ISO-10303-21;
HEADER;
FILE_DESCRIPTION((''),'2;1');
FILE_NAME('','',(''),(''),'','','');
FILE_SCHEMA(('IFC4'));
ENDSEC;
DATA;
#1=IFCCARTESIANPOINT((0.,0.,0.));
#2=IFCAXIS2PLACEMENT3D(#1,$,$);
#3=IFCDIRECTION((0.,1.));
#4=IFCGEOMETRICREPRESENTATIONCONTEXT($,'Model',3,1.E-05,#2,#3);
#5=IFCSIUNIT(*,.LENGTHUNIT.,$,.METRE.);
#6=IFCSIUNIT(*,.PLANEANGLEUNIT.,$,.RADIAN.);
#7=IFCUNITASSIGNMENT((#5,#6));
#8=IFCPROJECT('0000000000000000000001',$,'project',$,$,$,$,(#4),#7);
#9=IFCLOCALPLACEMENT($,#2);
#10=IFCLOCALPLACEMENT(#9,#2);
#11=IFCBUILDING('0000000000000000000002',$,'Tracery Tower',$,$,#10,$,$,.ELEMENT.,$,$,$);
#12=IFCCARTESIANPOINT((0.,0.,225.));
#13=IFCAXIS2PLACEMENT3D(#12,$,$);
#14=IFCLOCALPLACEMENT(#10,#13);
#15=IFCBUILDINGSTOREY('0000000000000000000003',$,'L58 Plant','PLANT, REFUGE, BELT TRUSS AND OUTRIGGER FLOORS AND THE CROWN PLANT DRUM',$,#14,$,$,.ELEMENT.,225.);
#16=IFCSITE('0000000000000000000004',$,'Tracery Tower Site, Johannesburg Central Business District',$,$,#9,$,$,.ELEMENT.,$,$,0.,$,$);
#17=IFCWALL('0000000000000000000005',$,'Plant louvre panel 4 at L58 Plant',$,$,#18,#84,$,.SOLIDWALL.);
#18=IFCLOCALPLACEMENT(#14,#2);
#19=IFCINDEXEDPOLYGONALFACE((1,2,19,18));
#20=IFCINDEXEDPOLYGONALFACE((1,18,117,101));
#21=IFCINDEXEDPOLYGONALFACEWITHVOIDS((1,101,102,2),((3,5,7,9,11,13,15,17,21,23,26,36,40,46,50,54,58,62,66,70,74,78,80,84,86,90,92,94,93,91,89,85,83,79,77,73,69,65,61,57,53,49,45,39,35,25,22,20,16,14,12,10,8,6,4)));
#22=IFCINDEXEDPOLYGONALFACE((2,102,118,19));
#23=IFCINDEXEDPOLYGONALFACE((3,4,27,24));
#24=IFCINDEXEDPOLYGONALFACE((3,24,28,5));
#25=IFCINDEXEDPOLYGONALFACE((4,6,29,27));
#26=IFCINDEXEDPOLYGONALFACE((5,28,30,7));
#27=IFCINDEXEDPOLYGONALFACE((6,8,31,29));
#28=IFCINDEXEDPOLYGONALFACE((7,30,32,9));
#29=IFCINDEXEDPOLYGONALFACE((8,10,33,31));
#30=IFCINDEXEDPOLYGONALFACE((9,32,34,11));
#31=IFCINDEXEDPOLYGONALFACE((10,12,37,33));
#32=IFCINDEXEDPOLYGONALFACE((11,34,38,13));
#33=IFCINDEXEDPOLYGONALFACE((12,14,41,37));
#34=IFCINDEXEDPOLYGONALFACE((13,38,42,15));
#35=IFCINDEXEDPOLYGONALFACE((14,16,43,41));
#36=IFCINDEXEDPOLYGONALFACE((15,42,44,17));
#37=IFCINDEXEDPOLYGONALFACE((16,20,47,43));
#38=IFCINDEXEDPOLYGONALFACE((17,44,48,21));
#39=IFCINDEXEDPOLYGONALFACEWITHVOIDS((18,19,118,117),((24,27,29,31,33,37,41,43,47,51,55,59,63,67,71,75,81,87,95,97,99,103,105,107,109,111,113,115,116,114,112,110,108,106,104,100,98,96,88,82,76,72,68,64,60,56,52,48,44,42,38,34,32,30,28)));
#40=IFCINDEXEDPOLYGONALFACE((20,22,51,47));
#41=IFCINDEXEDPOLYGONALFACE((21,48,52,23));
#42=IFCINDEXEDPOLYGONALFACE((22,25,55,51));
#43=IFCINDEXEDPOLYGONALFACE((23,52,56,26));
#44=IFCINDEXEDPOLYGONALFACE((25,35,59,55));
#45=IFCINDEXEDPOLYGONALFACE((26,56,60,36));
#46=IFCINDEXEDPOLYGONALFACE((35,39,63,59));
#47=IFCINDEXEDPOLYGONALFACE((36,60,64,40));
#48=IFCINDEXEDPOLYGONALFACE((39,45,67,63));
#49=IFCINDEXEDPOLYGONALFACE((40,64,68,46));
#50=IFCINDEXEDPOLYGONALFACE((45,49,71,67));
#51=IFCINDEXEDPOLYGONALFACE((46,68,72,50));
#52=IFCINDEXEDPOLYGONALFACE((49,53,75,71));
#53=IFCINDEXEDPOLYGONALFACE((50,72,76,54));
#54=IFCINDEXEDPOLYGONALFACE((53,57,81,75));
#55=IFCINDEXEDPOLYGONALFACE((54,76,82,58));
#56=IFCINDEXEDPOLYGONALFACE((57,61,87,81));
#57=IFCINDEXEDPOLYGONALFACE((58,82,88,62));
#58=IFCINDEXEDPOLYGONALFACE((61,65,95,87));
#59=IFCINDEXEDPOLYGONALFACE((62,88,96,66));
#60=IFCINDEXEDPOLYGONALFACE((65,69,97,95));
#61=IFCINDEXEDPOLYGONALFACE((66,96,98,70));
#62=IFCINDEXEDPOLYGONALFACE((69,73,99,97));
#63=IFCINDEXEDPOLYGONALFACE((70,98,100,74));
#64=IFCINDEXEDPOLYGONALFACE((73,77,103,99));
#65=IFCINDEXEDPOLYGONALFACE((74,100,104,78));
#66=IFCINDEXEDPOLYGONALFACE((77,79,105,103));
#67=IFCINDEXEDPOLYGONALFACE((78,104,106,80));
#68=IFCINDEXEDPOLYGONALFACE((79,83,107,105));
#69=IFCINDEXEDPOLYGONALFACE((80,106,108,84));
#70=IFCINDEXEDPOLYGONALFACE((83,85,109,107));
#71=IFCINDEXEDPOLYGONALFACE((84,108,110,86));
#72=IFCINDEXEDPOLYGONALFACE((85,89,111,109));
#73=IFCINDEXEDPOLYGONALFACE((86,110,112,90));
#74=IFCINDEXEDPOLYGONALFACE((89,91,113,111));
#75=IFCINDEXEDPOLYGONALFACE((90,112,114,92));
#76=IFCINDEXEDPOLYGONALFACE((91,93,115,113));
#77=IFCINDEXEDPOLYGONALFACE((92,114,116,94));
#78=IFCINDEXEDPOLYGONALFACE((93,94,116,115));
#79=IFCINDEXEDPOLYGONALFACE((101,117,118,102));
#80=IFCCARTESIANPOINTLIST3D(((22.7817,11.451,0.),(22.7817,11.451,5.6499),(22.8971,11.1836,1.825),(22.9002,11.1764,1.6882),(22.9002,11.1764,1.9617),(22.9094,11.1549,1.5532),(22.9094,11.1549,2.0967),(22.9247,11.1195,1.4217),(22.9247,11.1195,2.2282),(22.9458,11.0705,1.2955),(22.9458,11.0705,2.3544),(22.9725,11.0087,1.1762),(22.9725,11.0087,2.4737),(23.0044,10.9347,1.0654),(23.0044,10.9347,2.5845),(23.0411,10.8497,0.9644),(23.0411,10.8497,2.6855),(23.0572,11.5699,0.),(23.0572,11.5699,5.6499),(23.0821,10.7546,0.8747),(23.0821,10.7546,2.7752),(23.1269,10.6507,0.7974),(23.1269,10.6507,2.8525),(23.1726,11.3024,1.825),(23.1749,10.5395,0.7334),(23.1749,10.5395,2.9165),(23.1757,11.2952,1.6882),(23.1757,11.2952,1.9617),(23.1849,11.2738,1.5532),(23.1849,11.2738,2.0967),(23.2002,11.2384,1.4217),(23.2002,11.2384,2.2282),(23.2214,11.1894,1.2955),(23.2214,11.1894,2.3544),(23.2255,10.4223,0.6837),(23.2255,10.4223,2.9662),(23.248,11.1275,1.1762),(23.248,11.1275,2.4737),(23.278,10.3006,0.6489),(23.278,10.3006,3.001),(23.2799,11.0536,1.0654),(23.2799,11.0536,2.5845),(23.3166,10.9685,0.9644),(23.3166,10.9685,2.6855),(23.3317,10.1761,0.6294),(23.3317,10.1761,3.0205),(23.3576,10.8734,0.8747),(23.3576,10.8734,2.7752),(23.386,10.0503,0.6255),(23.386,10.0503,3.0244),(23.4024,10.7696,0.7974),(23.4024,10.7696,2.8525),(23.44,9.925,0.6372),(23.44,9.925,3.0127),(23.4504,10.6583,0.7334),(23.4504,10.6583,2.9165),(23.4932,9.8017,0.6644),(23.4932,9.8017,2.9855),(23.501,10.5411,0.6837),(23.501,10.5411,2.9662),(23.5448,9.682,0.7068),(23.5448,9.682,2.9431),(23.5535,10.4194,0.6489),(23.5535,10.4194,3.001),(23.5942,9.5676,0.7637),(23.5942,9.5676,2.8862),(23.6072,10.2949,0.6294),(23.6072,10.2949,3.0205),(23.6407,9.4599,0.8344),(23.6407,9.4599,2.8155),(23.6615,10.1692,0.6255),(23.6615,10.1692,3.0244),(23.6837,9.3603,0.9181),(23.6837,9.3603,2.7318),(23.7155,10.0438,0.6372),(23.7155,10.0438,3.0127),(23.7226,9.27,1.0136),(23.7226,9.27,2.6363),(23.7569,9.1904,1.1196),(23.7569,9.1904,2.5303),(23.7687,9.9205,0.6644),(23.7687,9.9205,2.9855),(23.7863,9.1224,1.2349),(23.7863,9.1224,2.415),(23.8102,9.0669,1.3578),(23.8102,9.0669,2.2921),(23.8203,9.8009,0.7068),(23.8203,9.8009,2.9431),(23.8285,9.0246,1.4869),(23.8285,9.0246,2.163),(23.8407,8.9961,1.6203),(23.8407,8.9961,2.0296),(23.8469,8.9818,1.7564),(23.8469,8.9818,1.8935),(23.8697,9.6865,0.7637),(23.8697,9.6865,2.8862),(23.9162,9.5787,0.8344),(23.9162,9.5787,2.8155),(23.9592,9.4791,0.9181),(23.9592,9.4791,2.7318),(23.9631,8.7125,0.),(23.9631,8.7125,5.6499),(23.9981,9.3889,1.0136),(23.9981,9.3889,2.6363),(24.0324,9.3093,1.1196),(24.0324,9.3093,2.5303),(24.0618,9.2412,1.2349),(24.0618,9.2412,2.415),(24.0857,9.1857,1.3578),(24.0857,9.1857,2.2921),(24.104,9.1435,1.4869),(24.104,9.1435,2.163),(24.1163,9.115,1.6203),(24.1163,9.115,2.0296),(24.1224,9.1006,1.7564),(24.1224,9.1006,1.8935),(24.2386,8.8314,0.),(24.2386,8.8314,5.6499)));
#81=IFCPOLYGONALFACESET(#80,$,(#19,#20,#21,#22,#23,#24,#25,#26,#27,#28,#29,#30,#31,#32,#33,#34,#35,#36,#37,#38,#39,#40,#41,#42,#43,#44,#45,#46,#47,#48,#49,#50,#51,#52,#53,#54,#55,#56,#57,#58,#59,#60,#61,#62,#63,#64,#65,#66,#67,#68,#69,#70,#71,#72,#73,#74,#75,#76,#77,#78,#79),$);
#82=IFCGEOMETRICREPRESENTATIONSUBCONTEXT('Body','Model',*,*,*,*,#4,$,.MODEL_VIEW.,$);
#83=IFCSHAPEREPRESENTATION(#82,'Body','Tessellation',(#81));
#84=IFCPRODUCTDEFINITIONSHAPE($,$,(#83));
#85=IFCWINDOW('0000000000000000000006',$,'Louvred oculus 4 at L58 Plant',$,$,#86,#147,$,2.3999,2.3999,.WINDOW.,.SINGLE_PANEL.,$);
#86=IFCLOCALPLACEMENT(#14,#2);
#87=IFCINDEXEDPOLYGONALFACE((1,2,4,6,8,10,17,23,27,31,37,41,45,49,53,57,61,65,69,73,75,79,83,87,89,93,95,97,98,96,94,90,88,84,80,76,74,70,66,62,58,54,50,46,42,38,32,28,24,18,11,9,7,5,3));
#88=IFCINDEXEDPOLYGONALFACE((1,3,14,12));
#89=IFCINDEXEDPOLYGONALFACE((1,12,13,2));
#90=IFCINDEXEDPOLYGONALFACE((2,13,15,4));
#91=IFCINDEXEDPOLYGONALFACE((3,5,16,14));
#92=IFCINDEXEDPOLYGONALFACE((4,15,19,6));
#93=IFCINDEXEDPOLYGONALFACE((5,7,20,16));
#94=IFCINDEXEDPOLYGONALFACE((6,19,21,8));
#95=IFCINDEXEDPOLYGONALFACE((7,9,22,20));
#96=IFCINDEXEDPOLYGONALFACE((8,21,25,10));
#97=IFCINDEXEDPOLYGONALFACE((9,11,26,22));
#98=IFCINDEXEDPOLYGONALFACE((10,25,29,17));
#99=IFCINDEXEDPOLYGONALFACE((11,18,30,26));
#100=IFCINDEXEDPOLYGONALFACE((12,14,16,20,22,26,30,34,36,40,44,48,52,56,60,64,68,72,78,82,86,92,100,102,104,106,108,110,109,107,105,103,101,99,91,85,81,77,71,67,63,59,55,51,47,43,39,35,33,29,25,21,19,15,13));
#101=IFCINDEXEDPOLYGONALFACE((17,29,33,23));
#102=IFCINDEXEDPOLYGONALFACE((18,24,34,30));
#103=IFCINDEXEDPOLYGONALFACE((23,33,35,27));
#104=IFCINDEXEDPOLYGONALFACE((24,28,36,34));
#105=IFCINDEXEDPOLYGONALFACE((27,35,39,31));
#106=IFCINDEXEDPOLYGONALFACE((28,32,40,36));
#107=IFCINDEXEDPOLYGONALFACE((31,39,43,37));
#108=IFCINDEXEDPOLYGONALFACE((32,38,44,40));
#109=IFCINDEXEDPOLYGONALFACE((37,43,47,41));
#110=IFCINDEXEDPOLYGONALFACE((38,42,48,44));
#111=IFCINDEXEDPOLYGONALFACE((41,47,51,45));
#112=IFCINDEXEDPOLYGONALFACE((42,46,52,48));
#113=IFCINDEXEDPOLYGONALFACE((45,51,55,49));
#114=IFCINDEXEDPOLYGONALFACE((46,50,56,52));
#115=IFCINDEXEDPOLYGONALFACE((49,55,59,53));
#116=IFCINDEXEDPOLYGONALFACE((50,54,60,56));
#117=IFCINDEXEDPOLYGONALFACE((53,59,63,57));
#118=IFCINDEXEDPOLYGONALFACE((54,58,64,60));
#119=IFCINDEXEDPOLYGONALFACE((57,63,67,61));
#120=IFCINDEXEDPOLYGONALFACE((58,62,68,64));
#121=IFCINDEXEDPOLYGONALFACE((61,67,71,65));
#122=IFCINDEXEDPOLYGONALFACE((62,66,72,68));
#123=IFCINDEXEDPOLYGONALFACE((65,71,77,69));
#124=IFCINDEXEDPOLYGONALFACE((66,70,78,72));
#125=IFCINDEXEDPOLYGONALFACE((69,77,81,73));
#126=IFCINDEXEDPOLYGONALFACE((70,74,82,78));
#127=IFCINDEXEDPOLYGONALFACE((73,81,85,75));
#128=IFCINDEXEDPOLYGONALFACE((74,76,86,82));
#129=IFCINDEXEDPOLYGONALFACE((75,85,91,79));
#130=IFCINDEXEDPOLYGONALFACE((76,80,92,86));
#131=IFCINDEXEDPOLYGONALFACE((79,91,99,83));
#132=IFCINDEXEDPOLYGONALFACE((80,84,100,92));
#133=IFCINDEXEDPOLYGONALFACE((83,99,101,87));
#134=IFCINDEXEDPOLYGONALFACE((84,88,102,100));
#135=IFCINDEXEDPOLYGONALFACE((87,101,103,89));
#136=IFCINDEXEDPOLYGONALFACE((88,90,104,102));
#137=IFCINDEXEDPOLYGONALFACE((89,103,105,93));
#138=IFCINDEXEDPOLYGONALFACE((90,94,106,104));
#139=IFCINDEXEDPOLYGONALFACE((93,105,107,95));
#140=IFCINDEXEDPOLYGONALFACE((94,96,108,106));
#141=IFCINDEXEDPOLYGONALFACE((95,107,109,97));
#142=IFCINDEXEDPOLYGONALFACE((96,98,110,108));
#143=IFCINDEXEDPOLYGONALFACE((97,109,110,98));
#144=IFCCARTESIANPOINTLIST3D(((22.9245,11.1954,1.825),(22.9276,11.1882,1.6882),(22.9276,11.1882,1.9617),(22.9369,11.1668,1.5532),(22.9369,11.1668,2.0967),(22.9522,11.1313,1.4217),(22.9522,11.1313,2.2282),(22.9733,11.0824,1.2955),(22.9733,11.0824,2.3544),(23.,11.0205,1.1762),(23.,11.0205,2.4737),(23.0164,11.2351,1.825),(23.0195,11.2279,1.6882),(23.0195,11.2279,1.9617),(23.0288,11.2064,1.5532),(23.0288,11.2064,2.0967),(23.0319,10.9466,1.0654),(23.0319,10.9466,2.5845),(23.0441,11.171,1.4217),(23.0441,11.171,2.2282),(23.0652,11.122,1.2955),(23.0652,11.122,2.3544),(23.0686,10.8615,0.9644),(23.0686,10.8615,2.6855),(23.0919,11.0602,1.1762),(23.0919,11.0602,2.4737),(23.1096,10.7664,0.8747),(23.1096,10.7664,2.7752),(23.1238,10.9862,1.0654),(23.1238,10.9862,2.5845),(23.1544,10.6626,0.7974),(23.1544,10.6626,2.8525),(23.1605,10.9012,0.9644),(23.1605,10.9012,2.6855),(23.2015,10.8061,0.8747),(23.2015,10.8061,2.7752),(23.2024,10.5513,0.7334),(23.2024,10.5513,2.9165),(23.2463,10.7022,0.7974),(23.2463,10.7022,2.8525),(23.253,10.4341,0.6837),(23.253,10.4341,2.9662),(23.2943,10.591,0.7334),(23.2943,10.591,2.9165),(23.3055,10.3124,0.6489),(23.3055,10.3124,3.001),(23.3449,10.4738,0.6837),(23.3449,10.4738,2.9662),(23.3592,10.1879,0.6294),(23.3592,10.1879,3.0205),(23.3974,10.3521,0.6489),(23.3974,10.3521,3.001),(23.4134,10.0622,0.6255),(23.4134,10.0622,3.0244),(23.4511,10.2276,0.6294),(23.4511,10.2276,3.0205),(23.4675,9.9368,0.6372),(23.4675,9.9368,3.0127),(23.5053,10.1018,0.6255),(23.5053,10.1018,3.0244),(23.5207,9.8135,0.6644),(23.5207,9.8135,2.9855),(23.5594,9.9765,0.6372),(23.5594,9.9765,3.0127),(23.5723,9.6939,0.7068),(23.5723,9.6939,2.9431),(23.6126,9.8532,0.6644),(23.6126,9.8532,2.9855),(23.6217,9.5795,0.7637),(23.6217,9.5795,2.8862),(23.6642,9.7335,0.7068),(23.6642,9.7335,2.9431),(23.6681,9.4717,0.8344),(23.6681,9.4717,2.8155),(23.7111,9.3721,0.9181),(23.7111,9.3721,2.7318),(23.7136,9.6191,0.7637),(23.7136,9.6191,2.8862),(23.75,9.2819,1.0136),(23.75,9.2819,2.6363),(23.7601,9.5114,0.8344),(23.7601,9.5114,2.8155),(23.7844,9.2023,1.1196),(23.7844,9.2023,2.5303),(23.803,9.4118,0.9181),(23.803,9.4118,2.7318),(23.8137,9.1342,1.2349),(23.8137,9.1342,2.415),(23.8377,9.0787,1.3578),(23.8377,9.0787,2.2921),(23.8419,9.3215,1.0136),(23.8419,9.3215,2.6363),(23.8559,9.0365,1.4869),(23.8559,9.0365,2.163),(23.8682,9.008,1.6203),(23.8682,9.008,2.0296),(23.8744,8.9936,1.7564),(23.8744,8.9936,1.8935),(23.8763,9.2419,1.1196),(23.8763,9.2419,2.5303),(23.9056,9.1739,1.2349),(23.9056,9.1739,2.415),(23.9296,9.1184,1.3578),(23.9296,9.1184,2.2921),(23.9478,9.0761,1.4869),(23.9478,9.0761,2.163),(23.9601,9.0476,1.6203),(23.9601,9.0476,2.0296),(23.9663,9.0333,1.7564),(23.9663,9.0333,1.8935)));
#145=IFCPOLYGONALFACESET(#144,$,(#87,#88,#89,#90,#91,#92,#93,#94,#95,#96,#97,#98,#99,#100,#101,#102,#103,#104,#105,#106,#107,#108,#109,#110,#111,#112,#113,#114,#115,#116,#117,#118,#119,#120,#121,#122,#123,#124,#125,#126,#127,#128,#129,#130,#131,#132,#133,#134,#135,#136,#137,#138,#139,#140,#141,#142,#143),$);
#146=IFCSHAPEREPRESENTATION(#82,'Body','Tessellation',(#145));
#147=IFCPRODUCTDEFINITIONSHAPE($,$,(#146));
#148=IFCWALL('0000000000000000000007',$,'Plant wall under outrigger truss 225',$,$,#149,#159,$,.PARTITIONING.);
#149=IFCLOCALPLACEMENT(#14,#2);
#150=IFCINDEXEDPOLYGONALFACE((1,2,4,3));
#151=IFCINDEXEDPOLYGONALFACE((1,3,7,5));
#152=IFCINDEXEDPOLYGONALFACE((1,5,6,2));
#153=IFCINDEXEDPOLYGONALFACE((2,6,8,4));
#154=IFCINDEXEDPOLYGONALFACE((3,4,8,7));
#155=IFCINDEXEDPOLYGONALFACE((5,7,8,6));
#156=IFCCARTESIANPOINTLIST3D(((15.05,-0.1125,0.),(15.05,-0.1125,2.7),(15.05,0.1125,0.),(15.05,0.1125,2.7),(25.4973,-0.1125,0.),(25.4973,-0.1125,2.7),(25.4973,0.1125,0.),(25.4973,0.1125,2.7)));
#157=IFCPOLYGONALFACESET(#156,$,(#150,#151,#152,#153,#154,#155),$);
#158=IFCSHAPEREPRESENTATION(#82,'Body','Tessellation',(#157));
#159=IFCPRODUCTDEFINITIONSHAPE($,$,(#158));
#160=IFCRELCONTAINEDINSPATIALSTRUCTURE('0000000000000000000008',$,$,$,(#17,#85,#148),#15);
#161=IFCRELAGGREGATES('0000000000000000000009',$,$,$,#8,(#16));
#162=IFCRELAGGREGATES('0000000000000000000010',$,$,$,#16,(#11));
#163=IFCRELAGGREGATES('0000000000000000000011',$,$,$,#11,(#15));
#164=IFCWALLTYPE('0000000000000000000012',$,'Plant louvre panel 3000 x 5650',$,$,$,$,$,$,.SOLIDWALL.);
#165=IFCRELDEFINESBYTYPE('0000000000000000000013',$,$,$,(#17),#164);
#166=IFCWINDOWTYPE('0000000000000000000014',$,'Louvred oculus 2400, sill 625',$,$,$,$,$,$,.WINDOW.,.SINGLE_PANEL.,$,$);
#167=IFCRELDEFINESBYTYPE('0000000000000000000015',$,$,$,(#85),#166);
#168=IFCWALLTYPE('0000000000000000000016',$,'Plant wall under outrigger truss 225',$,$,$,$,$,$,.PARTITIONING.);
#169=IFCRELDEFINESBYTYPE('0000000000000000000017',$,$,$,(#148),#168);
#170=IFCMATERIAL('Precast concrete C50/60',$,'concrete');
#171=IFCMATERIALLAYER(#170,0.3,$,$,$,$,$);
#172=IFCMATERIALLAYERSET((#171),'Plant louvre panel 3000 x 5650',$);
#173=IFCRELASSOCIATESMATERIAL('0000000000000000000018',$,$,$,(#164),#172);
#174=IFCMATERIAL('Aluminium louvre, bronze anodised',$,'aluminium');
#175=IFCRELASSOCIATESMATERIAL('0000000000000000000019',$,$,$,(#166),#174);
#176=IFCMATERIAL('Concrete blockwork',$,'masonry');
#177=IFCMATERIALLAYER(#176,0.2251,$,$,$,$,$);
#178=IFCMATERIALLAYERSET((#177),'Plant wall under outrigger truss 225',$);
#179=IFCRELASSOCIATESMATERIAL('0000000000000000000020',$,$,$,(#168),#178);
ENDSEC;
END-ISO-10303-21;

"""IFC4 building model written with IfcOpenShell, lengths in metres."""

from ifc_helpers import new_model, si_unit, direction, frame, frame_2d, origin, origin_2d, place, context, subcontext, project, spatial, rectangle, circle, extrude, material, layer, layer_set, type_object, element, fill, save


model = new_model("IFC4")

# Units and contexts
model_context = context("Model", 3, precision=1e-05, world=origin(), true_north=direction((0.0, 1.0)))
body_context = subcontext(model_context, "Body", "Model", "MODEL_VIEW")
ifc_project = project(units=[si_unit("LENGTHUNIT", "METRE"), si_unit("PLANEANGLEUNIT", "RADIAN")], contexts=[model_context])

# Site, building, storey
site_placement = place(None, origin())
site = spatial("IfcSite", under=ifc_project, at=site_placement, Name="Tracery Tower Site, Johannesburg Central Business District", CompositionType="ELEMENT", RefElevation=0.0)
building_placement = place(site_placement, origin())
building = spatial("IfcBuilding", under=site, at=building_placement, Name="Tracery Tower", CompositionType="ELEMENT")
storey_placement = place(building_placement, frame((0.0, 0.0, 225.0)))
storey = spatial("IfcBuildingStorey", under=building, at=storey_placement, Name="L58 Plant", Description="PLANT, REFUGE, BELT TRUSS AND OUTRIGGER FLOORS AND THE CROWN PLANT DRUM", CompositionType="ELEMENT", Elevation=225.0)

# Wall, opening, window
ifc_material_1 = material(Name="Precast concrete C50/60", Category="concrete")
ifc_layer_1 = layer(ifc_material_1, 0.3)
ifc_layer_set_1 = layer_set([ifc_layer_1], Name="Plant louvre panel 3000 x 5650")
wall_type_1 = type_object("IfcWallType", Name="Plant louvre panel 3000 x 5650", PredefinedType="SOLIDWALL", material=ifc_layer_set_1)
ifc_material_2 = material(Name="Aluminium louvre, bronze anodised", Category="aluminium")
window_type = type_object("IfcWindowType", Name="Louvred oculus 2400, sill 625", PartitioningType="SINGLE_PANEL", PredefinedType="WINDOW", material=ifc_material_2)
wall_1_placement = place(storey_placement, frame((24.1008, 8.772, 0.0), z_axis=(0.0, 0.0, 1.0), x_axis=(-0.396111, 0.918202, 0.0)))
wall_1 = element("IfcWall", 1, at=wall_1_placement, inside=storey, type_object=wall_type_1, Name="Plant louvre panel 4 at L58 Plant", PredefinedType="SOLIDWALL", context=body_context, shape_type="SweptSolid", body=[
    extrude(rectangle(XDim=2.9824, YDim=0.3, at=frame_2d((1.4912, 0.0))), origin(), (0.0, 0.0, 1.0), 5.6499),
])
opening_1_placement = place(wall_1_placement, frame((1.4912, 0.0, 1.825)))
opening_1 = element("IfcOpeningElement", 2, at=opening_1_placement, cuts=wall_1, PredefinedType="OPENING", context=body_context, shape_type="SweptSolid", body=[
    extrude(circle(Radius=1.2, at=origin_2d()), frame((0.0, 0.1599, 0.0), z_axis=(0.0, -1.0, 0.0), x_axis=(1.0, 0.0, 0.0)), (0.0, 0.0, 1.0), 0.3201),
])
window_1_placement = place(opening_1_placement, origin())
window_1 = element("IfcWindow", 3, at=window_1_placement, inside=storey, type_object=window_type, Name="Louvred oculus 4 at L58 Plant", OverallHeight=2.3999, OverallWidth=2.3999, PartitioningType="SINGLE_PANEL", PredefinedType="WINDOW", context=body_context, shape_type="SweptSolid", body=[
    extrude(circle(Radius=1.2, at=origin_2d()), frame((0.0, 0.1201, 0.0), z_axis=(0.0, -1.0, 0.0), x_axis=(1.0, 0.0, 0.0)), (0.0, 0.0, 1.0), 0.1001),
])
fill(opening_1, window_1)

# Wall
ifc_material_3 = material(Name="Concrete blockwork", Category="masonry")
ifc_layer_2 = layer(ifc_material_3, 0.2251)
ifc_layer_set_2 = layer_set([ifc_layer_2], Name="Plant wall under outrigger truss 225")
wall_type_2 = type_object("IfcWallType", Name="Plant wall under outrigger truss 225", PredefinedType="PARTITIONING", material=ifc_layer_set_2)
wall_2_placement = place(storey_placement, frame((25.4973, 0.0, 0.0), z_axis=(0.0, 0.0, 1.0), x_axis=(-1.0, 0.0, 0.0)))
element("IfcWall", 4, at=wall_2_placement, inside=storey, type_object=wall_type_2, Name="Plant wall under outrigger truss 225", PredefinedType="PARTITIONING", context=body_context, shape_type="SweptSolid", body=[
    extrude(rectangle(XDim=10.4473, YDim=0.2251, at=frame_2d((5.2236, 0.0))), origin(), (0.0, 0.0, 1.0), 2.7),
])

save(model, "model.ifc")
